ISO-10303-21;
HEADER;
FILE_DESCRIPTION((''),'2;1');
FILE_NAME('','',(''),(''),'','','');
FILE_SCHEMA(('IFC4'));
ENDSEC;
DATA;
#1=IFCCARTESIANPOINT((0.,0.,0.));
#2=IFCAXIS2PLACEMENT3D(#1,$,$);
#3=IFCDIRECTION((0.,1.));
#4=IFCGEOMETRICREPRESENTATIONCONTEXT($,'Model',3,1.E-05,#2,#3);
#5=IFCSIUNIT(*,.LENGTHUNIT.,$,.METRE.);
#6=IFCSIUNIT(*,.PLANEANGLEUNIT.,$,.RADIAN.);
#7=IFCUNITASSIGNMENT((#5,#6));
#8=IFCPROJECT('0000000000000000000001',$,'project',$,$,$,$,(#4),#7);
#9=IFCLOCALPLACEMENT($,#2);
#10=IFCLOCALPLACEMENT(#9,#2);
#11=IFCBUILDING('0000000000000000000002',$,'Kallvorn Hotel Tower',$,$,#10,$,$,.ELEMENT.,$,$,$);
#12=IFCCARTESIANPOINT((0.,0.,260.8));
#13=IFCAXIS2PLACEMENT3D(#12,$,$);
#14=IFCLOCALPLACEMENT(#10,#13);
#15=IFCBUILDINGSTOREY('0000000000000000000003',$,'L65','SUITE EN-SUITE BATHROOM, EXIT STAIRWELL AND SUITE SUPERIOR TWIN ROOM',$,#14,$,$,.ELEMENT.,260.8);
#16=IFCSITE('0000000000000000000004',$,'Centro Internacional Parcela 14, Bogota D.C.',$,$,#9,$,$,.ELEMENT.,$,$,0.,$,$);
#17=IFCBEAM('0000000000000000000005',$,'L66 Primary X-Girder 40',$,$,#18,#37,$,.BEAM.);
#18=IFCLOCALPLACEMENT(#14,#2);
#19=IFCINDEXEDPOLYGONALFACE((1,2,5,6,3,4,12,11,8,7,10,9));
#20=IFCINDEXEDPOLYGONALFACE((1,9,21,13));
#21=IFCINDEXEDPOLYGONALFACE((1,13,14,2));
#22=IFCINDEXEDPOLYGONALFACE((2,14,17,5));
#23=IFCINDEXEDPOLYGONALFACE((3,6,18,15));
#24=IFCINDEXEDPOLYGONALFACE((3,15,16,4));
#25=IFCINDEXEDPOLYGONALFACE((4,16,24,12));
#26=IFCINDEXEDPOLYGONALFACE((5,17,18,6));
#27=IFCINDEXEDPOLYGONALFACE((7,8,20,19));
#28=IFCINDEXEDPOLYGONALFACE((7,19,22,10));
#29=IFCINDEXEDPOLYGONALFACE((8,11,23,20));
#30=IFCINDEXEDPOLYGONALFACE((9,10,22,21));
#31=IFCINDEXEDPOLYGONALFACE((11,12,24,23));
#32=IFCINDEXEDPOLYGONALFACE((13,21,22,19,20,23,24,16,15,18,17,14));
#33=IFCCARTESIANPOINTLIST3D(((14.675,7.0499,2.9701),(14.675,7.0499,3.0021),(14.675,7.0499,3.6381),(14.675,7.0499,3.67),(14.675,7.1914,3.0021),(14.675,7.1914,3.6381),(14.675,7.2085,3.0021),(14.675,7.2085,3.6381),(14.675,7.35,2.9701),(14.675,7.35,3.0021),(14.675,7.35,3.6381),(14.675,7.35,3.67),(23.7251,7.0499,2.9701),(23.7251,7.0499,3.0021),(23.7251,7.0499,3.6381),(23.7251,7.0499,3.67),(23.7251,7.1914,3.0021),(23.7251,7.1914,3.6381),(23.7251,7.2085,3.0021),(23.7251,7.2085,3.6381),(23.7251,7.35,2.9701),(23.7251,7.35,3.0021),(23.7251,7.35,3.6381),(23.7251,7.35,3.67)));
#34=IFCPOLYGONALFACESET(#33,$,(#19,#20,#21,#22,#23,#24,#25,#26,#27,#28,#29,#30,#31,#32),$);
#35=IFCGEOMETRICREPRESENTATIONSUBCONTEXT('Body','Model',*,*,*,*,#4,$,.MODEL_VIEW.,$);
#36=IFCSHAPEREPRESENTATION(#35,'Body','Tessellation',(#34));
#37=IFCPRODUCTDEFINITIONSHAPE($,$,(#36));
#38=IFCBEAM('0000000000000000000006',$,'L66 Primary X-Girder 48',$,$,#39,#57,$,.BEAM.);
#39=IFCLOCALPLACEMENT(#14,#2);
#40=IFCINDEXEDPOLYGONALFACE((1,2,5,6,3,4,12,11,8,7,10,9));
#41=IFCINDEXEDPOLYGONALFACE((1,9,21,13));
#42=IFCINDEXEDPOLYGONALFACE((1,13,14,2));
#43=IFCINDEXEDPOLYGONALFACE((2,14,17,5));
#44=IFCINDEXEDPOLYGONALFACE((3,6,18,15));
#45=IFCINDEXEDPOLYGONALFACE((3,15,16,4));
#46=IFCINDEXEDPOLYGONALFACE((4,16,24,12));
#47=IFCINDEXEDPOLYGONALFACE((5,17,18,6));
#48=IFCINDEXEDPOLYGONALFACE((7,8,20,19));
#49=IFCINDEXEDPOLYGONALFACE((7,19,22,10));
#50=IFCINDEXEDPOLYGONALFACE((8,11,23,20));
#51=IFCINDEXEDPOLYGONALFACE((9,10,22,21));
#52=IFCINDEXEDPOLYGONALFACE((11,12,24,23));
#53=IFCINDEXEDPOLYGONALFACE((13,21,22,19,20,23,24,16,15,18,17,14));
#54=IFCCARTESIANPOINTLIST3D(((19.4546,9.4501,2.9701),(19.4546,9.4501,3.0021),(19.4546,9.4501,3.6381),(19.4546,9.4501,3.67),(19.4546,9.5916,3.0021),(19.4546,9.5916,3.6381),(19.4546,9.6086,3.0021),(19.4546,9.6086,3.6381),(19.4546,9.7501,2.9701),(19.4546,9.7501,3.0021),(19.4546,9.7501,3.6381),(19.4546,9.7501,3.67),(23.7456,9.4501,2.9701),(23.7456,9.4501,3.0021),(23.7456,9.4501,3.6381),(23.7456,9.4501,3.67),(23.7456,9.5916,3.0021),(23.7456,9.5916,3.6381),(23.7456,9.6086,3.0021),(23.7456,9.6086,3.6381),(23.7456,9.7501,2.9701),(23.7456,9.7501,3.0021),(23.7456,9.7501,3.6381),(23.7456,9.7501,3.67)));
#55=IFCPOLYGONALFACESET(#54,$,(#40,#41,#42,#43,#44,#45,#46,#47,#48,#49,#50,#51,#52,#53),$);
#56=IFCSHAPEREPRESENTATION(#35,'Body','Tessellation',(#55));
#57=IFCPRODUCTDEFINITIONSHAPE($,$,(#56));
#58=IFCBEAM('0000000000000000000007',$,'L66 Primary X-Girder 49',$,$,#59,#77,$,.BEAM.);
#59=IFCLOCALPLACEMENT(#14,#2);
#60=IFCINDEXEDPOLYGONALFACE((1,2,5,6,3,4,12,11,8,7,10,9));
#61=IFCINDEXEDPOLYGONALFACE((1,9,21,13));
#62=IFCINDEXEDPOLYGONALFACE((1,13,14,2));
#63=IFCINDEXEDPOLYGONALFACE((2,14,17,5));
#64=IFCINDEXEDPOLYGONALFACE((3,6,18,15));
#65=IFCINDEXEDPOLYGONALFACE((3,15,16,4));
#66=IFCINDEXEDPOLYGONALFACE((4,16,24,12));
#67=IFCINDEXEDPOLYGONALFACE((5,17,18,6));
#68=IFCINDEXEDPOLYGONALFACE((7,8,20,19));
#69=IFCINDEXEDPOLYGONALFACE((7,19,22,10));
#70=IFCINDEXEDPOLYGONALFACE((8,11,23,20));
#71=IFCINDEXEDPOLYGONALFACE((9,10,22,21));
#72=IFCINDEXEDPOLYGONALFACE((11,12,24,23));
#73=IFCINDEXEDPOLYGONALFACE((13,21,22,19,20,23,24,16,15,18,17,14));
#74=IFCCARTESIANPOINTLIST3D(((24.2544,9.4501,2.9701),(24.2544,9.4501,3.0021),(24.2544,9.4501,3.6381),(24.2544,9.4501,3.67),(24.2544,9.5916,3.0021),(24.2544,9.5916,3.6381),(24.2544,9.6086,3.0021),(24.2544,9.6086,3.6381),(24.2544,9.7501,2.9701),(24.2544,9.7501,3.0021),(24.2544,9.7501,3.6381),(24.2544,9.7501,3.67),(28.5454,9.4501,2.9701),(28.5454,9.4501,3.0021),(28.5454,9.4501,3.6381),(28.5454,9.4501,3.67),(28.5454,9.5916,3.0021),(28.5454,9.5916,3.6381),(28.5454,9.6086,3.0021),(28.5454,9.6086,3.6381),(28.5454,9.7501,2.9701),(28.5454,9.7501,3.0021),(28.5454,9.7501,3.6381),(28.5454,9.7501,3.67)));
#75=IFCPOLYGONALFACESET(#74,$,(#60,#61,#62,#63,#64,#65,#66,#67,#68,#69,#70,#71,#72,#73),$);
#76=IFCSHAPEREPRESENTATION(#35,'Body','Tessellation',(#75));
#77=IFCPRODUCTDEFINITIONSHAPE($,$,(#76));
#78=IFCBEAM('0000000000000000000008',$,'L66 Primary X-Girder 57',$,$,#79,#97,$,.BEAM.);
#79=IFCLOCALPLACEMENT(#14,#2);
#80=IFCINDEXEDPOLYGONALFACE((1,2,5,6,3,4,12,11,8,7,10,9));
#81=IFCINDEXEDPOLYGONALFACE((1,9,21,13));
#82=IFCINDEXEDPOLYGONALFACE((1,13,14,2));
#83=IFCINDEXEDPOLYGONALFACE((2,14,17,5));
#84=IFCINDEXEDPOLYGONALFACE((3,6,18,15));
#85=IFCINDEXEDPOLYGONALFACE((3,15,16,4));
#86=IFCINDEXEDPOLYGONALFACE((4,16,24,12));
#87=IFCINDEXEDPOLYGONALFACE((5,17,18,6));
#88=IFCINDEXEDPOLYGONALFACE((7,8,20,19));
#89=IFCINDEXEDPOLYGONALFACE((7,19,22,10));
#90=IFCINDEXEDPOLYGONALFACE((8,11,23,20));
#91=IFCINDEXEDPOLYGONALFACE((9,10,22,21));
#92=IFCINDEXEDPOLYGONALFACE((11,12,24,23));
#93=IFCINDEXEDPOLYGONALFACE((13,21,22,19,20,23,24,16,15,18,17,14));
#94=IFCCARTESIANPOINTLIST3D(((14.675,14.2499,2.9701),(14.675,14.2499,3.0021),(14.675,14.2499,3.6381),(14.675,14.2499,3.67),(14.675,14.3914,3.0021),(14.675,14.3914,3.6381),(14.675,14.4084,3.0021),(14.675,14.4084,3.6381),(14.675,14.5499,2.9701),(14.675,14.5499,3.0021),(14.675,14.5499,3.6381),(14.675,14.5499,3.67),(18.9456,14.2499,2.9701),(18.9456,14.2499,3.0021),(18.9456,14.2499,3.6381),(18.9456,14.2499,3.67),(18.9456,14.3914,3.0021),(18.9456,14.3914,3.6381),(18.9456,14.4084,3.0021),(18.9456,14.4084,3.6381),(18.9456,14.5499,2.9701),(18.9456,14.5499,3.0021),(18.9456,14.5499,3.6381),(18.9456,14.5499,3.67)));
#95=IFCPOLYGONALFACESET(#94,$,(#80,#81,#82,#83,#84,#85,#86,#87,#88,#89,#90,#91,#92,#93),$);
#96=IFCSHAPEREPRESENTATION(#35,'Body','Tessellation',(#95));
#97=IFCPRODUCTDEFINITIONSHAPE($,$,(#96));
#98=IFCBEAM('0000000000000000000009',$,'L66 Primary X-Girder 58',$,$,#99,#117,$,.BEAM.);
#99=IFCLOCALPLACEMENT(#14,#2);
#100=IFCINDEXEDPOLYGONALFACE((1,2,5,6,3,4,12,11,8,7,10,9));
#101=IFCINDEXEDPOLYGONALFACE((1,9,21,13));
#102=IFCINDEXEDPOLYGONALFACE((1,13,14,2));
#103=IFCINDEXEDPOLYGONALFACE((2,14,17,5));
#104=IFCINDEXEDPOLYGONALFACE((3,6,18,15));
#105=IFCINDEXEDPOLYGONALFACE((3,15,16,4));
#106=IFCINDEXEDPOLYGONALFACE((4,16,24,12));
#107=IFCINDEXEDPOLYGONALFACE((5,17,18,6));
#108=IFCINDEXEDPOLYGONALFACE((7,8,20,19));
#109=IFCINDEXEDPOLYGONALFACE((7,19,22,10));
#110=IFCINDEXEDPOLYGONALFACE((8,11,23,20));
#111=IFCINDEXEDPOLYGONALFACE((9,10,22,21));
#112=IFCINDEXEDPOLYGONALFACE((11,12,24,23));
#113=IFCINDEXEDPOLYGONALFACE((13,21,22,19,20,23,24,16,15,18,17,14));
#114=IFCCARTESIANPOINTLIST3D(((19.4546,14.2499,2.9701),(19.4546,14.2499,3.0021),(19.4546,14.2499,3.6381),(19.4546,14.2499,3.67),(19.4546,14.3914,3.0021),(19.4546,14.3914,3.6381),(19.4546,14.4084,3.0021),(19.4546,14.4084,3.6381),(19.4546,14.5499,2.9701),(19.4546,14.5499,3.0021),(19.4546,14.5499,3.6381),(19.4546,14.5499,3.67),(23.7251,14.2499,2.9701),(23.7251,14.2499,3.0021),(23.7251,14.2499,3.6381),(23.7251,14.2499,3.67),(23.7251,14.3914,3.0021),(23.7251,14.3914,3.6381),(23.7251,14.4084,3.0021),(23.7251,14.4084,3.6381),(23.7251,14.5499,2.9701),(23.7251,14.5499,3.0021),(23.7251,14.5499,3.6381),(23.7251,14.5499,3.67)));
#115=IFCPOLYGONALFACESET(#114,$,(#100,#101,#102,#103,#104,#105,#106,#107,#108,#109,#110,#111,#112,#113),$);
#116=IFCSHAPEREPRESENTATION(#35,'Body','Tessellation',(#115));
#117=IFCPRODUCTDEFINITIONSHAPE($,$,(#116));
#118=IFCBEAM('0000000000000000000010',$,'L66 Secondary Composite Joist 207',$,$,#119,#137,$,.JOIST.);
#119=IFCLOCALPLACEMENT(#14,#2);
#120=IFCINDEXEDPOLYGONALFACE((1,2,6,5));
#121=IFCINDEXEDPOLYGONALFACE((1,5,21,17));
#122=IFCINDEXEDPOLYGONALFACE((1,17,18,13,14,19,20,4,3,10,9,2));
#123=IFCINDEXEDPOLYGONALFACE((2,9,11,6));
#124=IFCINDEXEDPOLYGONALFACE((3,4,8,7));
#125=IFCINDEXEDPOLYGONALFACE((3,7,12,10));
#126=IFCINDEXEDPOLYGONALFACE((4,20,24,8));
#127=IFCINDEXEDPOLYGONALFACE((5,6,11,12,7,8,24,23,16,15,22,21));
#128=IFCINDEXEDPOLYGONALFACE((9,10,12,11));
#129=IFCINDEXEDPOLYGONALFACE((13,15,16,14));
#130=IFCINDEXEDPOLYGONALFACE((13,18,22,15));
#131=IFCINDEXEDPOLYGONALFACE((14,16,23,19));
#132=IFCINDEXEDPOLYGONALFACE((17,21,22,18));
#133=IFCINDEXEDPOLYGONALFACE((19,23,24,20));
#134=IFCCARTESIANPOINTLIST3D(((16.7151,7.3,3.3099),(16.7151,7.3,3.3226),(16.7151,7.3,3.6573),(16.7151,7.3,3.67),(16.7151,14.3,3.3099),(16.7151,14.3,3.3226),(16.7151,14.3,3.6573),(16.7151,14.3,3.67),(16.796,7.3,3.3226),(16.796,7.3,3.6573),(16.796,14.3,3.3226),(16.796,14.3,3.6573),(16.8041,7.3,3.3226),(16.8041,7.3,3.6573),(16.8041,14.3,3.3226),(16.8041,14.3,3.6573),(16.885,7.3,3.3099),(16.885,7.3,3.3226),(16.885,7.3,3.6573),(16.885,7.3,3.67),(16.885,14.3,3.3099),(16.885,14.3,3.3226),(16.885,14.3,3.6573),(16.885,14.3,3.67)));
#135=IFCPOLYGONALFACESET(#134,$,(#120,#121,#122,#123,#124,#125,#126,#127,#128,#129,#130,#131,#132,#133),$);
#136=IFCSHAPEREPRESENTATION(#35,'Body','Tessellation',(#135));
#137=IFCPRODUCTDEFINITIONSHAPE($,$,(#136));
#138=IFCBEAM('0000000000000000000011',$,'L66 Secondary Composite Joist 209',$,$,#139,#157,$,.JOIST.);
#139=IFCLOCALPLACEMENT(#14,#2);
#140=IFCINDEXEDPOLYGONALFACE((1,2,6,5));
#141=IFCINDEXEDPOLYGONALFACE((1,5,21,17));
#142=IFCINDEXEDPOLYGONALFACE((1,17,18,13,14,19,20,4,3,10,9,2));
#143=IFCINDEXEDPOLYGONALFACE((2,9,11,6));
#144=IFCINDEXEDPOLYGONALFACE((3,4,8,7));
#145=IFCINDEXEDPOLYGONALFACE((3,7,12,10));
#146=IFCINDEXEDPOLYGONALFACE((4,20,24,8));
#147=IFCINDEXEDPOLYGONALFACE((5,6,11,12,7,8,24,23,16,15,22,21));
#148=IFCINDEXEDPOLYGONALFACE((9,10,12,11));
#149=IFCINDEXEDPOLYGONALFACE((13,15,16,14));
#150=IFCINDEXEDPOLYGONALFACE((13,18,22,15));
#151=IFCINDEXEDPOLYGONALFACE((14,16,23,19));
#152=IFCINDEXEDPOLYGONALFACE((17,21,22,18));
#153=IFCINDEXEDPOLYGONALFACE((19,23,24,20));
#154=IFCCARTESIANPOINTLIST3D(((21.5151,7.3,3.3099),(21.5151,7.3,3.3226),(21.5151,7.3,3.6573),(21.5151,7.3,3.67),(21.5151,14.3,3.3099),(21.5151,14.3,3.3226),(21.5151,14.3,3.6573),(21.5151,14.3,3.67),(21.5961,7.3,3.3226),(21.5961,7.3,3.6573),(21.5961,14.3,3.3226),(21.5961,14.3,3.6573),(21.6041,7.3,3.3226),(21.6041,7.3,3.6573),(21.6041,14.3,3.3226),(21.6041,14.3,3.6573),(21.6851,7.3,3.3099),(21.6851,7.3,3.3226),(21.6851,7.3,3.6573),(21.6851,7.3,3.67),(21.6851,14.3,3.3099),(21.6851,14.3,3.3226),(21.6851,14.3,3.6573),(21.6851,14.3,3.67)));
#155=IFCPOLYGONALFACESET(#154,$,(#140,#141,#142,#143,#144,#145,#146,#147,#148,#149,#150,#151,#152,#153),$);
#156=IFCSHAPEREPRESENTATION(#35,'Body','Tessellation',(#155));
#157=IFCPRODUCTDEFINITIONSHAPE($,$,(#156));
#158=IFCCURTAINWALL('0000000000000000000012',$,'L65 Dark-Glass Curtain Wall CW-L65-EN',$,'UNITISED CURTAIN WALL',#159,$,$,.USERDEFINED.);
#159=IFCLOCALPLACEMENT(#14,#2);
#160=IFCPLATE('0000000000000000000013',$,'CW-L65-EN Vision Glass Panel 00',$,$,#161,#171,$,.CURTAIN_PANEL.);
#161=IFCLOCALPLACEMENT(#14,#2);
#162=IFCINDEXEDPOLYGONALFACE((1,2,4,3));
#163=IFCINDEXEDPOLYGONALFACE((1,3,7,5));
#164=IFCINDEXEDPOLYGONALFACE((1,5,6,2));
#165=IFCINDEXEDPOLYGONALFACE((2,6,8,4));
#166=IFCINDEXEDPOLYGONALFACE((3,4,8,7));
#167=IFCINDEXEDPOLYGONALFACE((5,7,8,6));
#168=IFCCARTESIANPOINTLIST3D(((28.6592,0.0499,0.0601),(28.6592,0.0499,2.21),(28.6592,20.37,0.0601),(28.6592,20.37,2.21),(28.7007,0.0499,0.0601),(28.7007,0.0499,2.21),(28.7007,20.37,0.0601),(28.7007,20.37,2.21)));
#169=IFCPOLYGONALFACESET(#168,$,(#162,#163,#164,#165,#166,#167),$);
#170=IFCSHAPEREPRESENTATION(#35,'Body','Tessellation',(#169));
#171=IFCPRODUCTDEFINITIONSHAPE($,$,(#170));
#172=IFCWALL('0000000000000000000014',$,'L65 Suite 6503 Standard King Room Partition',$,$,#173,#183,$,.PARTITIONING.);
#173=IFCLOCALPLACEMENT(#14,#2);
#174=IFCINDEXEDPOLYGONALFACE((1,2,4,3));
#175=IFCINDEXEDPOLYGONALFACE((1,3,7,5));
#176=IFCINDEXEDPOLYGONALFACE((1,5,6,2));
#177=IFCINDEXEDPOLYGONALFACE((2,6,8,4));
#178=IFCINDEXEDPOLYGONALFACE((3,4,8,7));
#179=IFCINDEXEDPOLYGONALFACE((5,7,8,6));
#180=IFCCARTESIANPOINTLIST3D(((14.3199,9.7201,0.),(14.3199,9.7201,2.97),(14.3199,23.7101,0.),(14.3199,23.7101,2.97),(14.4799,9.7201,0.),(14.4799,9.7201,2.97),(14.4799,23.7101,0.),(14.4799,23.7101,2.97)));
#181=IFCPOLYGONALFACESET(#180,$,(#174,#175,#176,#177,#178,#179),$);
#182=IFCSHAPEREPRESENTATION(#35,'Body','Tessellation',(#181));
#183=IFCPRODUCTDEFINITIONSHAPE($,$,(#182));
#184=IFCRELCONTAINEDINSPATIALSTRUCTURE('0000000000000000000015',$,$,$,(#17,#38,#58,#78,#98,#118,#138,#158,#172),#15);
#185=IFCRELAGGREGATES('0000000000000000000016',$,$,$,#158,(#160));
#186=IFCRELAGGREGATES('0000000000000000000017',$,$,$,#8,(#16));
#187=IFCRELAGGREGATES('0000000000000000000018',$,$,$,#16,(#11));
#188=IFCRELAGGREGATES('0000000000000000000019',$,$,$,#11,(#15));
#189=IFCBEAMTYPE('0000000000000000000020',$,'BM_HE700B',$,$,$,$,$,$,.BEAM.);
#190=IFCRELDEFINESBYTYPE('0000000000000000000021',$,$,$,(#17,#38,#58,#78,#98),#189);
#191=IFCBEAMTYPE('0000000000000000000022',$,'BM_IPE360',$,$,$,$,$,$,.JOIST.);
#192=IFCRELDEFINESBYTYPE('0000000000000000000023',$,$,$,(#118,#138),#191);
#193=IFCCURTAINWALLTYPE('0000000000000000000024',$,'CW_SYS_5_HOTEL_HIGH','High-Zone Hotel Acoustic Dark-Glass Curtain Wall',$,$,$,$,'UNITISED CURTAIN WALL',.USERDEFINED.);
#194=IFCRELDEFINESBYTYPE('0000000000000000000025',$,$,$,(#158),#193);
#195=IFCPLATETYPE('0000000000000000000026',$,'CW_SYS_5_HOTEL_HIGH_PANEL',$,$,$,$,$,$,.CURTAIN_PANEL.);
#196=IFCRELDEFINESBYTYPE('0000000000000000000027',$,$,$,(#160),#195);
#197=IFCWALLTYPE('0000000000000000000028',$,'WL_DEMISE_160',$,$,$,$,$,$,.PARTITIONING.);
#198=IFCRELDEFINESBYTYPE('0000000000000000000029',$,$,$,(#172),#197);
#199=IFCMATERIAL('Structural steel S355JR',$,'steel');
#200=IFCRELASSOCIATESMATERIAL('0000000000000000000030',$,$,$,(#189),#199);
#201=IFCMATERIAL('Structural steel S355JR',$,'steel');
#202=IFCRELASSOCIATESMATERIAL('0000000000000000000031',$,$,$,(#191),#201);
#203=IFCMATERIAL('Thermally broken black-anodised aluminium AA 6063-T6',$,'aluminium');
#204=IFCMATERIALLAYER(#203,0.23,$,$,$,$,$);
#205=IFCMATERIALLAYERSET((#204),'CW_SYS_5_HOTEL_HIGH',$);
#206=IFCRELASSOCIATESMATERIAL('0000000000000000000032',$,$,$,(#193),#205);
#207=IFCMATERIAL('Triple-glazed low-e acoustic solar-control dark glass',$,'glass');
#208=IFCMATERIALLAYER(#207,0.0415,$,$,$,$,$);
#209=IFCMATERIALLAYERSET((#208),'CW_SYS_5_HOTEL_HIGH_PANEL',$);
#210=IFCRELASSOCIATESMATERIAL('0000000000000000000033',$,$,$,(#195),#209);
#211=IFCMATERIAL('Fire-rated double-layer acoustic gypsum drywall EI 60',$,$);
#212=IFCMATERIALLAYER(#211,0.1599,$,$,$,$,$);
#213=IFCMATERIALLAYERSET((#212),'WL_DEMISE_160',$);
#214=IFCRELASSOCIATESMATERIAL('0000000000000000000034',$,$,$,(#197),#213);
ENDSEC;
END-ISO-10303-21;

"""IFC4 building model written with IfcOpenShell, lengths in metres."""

from ifc_helpers import new_model, si_unit, direction, frame, frame_2d, origin, origin_2d, place, context, subcontext, project, spatial, rectangle, i_section, extrude, material, layer, layer_set, material_profile, profile_set, type_object, element, aggregate, save


model = new_model("IFC4")

# Units and contexts
model_context = context("Model", 3, precision=1e-05, world=origin(), true_north=direction((0.0, 1.0)))
body_context = subcontext(model_context, "Body", "Model", "MODEL_VIEW")
ifc_project = project(units=[si_unit("LENGTHUNIT", "METRE"), si_unit("PLANEANGLEUNIT", "RADIAN")], contexts=[model_context])

# Site, building, storey
site_placement = place(None, origin())
site = spatial("IfcSite", under=ifc_project, at=site_placement, Name="Centro Internacional Parcela 14, Bogota D.C.", CompositionType="ELEMENT", RefElevation=0.0)
building_placement = place(site_placement, origin())
building = spatial("IfcBuilding", under=site, at=building_placement, Name="Kallvorn Hotel Tower", CompositionType="ELEMENT")
storey_placement = place(building_placement, frame((0.0, 0.0, 260.8)))
storey = spatial("IfcBuildingStorey", under=building, at=storey_placement, Name="L65", Description="SUITE EN-SUITE BATHROOM, EXIT STAIRWELL AND SUITE SUPERIOR TWIN ROOM", CompositionType="ELEMENT", Elevation=260.8)

# Beams
ifc_material_1 = material(Name="Structural steel S355JR", Category="steel")
ifc_material_profile_1 = material_profile(ifc_material_1, i_section(OverallWidth=0.3, OverallDepth=0.7, WebThickness=0.0171, FlangeThickness=0.032, at=origin_2d()), Name="HE 700 B")
ifc_profile_set_1 = profile_set([ifc_material_profile_1], Name="Structural steel S355JR")
beam_type_1 = type_object("IfcBeamType", Name="BM_HE700B", PredefinedType="BEAM", material=ifc_profile_set_1)
beam_1_placement = place(storey_placement, frame((14.675, 7.2, 3.3201), z_axis=(1.0, 0.0, 0.0), x_axis=(0.0, 1.0, 0.0)))
element("IfcBeam", 1, at=beam_1_placement, inside=storey, type_object=beam_type_1, Name="L66 Primary X-Girder 40", PredefinedType="BEAM", context=body_context, shape_type="SweptSolid", body=[
    extrude(i_section(OverallWidth=0.3, OverallDepth=0.7, WebThickness=0.0171, FlangeThickness=0.032, at=origin_2d()), origin(), (0.0, 0.0, 1.0), 9.05),
])
for number, where, z_axis, x_axis, name in (
    (2, (19.4546, 9.6001, 3.3201), (1.0, 0.0, 0.0), (0.0, 1.0, 0.0), "L66 Primary X-Girder 48"),
    (3, (24.2544, 9.6001, 3.3201), (1.0, 0.0, 0.0), (0.0, 1.0, 0.0), "L66 Primary X-Girder 49"),
):
    element("IfcBeam", number, at=place(storey_placement, frame(where, z_axis=z_axis, x_axis=x_axis)), inside=storey, type_object=beam_type_1, Name=name, PredefinedType="BEAM", context=body_context, shape_type="SweptSolid", body=[
        extrude(i_section(OverallWidth=0.3, OverallDepth=0.7, WebThickness=0.0171, FlangeThickness=0.032, at=origin_2d()), origin(), (0.0, 0.0, 1.0), 4.291),
    ])
for number, where, z_axis, x_axis, name in (
    (4, (14.675, 14.3999, 3.3201), (1.0, 0.0, 0.0), (0.0, 1.0, 0.0), "L66 Primary X-Girder 57"),
    (5, (19.4546, 14.3999, 3.3201), (1.0, 0.0, 0.0), (0.0, 1.0, 0.0), "L66 Primary X-Girder 58"),
):
    element("IfcBeam", number, at=place(storey_placement, frame(where, z_axis=z_axis, x_axis=x_axis)), inside=storey, type_object=beam_type_1, Name=name, PredefinedType="BEAM", context=body_context, shape_type="SweptSolid", body=[
        extrude(i_section(OverallWidth=0.3, OverallDepth=0.7, WebThickness=0.0171, FlangeThickness=0.032, at=origin_2d()), origin(), (0.0, 0.0, 1.0), 4.2705),
    ])
ifc_material_2 = material(Name="Structural steel S355JR", Category="steel")
ifc_material_profile_2 = material_profile(ifc_material_2, i_section(OverallWidth=0.1699, OverallDepth=0.3601, WebThickness=0.0081, FlangeThickness=0.0127, at=origin_2d()), Name="IPE 360")
ifc_profile_set_2 = profile_set([ifc_material_profile_2], Name="Structural steel S355JR")
beam_type_2 = type_object("IfcBeamType", Name="BM_IPE360", PredefinedType="JOIST", material=ifc_profile_set_2)
for number, where, z_axis, x_axis, name in (
    (6, (16.8, 7.3, 3.49), (0.0, 1.0, 0.0), (-1.0, 0.0, 0.0), "L66 Secondary Composite Joist 207"),
    (7, (21.6001, 7.3, 3.49), (0.0, 1.0, 0.0), (-1.0, 0.0, 0.0), "L66 Secondary Composite Joist 209"),
):
    element("IfcBeam", number, at=place(storey_placement, frame(where, z_axis=z_axis, x_axis=x_axis)), inside=storey, type_object=beam_type_2, Name=name, PredefinedType="JOIST", context=body_context, shape_type="SweptSolid", body=[
        extrude(i_section(OverallWidth=0.1699, OverallDepth=0.3601, WebThickness=0.0081, FlangeThickness=0.0127, at=origin_2d()), origin(), (0.0, 0.0, 1.0), 7.0),
    ])

# Curtain wall, plate
ifc_material_3 = material(Name="Thermally broken black-anodised aluminium AA 6063-T6", Category="aluminium")
ifc_layer_1 = layer(ifc_material_3, 0.23)
ifc_layer_set_1 = layer_set([ifc_layer_1], Name="CW_SYS_5_HOTEL_HIGH")
curtain_wall_type = type_object("IfcCurtainWallType", Name="CW_SYS_5_HOTEL_HIGH", Description="High-Zone Hotel Acoustic Dark-Glass Curtain Wall", ElementType="UNITISED CURTAIN WALL", PredefinedType="USERDEFINED", material=ifc_layer_set_1)
curtain_wall_placement = place(storey_placement, origin())
curtain_wall = element("IfcCurtainWall", 8, at=curtain_wall_placement, inside=storey, type_object=curtain_wall_type, Name="L65 Dark-Glass Curtain Wall CW-L65-EN", ObjectType="UNITISED CURTAIN WALL", PredefinedType="USERDEFINED")
ifc_material_4 = material(Name="Triple-glazed low-e acoustic solar-control dark glass", Category="glass")
ifc_layer_2 = layer(ifc_material_4, 0.0415)
ifc_layer_set_2 = layer_set([ifc_layer_2], Name="CW_SYS_5_HOTEL_HIGH_PANEL")
plate_type = type_object("IfcPlateType", Name="CW_SYS_5_HOTEL_HIGH_PANEL", PredefinedType="CURTAIN_PANEL", material=ifc_layer_set_2)
plate_placement = place(storey_placement, frame((28.6799, 10.21, 0.0601), z_axis=(0.0, 0.0, 1.0), x_axis=(0.0, 1.0, 0.0)))
plate = element("IfcPlate", 9, at=plate_placement, type_object=plate_type, Name="CW-L65-EN Vision Glass Panel 00", PredefinedType="CURTAIN_PANEL", context=body_context, shape_type="SweptSolid", body=[
    extrude(rectangle(XDim=20.3201, YDim=0.0415, at=origin_2d()), origin(), (0.0, 0.0, 1.0), 2.1499),
])
aggregate(curtain_wall, [plate])

# Wall
ifc_material_5 = material(Name="Fire-rated double-layer acoustic gypsum drywall EI 60")
ifc_layer_3 = layer(ifc_material_5, 0.1599)
ifc_layer_set_3 = layer_set([ifc_layer_3], Name="WL_DEMISE_160")
wall_type_1 = type_object("IfcWallType", Name="WL_DEMISE_160", PredefinedType="PARTITIONING", material=ifc_layer_set_3)
wall_1_placement = place(storey_placement, frame((14.3999, 9.72, 0.0), z_axis=(0.0, 0.0, 1.0), x_axis=(0.0, 1.0, 0.0)))
element("IfcWall", 10, at=wall_1_placement, inside=storey, type_object=wall_type_1, Name="L65 Suite 6503 Standard King Room Partition", PredefinedType="PARTITIONING", context=body_context, shape_type="SweptSolid", body=[
    extrude(rectangle(XDim=13.99, YDim=0.1599, at=frame_2d((6.9951, 0.0))), origin(), (0.0, 0.0, 1.0), 2.97),
])

save(model, "model.ifc")
